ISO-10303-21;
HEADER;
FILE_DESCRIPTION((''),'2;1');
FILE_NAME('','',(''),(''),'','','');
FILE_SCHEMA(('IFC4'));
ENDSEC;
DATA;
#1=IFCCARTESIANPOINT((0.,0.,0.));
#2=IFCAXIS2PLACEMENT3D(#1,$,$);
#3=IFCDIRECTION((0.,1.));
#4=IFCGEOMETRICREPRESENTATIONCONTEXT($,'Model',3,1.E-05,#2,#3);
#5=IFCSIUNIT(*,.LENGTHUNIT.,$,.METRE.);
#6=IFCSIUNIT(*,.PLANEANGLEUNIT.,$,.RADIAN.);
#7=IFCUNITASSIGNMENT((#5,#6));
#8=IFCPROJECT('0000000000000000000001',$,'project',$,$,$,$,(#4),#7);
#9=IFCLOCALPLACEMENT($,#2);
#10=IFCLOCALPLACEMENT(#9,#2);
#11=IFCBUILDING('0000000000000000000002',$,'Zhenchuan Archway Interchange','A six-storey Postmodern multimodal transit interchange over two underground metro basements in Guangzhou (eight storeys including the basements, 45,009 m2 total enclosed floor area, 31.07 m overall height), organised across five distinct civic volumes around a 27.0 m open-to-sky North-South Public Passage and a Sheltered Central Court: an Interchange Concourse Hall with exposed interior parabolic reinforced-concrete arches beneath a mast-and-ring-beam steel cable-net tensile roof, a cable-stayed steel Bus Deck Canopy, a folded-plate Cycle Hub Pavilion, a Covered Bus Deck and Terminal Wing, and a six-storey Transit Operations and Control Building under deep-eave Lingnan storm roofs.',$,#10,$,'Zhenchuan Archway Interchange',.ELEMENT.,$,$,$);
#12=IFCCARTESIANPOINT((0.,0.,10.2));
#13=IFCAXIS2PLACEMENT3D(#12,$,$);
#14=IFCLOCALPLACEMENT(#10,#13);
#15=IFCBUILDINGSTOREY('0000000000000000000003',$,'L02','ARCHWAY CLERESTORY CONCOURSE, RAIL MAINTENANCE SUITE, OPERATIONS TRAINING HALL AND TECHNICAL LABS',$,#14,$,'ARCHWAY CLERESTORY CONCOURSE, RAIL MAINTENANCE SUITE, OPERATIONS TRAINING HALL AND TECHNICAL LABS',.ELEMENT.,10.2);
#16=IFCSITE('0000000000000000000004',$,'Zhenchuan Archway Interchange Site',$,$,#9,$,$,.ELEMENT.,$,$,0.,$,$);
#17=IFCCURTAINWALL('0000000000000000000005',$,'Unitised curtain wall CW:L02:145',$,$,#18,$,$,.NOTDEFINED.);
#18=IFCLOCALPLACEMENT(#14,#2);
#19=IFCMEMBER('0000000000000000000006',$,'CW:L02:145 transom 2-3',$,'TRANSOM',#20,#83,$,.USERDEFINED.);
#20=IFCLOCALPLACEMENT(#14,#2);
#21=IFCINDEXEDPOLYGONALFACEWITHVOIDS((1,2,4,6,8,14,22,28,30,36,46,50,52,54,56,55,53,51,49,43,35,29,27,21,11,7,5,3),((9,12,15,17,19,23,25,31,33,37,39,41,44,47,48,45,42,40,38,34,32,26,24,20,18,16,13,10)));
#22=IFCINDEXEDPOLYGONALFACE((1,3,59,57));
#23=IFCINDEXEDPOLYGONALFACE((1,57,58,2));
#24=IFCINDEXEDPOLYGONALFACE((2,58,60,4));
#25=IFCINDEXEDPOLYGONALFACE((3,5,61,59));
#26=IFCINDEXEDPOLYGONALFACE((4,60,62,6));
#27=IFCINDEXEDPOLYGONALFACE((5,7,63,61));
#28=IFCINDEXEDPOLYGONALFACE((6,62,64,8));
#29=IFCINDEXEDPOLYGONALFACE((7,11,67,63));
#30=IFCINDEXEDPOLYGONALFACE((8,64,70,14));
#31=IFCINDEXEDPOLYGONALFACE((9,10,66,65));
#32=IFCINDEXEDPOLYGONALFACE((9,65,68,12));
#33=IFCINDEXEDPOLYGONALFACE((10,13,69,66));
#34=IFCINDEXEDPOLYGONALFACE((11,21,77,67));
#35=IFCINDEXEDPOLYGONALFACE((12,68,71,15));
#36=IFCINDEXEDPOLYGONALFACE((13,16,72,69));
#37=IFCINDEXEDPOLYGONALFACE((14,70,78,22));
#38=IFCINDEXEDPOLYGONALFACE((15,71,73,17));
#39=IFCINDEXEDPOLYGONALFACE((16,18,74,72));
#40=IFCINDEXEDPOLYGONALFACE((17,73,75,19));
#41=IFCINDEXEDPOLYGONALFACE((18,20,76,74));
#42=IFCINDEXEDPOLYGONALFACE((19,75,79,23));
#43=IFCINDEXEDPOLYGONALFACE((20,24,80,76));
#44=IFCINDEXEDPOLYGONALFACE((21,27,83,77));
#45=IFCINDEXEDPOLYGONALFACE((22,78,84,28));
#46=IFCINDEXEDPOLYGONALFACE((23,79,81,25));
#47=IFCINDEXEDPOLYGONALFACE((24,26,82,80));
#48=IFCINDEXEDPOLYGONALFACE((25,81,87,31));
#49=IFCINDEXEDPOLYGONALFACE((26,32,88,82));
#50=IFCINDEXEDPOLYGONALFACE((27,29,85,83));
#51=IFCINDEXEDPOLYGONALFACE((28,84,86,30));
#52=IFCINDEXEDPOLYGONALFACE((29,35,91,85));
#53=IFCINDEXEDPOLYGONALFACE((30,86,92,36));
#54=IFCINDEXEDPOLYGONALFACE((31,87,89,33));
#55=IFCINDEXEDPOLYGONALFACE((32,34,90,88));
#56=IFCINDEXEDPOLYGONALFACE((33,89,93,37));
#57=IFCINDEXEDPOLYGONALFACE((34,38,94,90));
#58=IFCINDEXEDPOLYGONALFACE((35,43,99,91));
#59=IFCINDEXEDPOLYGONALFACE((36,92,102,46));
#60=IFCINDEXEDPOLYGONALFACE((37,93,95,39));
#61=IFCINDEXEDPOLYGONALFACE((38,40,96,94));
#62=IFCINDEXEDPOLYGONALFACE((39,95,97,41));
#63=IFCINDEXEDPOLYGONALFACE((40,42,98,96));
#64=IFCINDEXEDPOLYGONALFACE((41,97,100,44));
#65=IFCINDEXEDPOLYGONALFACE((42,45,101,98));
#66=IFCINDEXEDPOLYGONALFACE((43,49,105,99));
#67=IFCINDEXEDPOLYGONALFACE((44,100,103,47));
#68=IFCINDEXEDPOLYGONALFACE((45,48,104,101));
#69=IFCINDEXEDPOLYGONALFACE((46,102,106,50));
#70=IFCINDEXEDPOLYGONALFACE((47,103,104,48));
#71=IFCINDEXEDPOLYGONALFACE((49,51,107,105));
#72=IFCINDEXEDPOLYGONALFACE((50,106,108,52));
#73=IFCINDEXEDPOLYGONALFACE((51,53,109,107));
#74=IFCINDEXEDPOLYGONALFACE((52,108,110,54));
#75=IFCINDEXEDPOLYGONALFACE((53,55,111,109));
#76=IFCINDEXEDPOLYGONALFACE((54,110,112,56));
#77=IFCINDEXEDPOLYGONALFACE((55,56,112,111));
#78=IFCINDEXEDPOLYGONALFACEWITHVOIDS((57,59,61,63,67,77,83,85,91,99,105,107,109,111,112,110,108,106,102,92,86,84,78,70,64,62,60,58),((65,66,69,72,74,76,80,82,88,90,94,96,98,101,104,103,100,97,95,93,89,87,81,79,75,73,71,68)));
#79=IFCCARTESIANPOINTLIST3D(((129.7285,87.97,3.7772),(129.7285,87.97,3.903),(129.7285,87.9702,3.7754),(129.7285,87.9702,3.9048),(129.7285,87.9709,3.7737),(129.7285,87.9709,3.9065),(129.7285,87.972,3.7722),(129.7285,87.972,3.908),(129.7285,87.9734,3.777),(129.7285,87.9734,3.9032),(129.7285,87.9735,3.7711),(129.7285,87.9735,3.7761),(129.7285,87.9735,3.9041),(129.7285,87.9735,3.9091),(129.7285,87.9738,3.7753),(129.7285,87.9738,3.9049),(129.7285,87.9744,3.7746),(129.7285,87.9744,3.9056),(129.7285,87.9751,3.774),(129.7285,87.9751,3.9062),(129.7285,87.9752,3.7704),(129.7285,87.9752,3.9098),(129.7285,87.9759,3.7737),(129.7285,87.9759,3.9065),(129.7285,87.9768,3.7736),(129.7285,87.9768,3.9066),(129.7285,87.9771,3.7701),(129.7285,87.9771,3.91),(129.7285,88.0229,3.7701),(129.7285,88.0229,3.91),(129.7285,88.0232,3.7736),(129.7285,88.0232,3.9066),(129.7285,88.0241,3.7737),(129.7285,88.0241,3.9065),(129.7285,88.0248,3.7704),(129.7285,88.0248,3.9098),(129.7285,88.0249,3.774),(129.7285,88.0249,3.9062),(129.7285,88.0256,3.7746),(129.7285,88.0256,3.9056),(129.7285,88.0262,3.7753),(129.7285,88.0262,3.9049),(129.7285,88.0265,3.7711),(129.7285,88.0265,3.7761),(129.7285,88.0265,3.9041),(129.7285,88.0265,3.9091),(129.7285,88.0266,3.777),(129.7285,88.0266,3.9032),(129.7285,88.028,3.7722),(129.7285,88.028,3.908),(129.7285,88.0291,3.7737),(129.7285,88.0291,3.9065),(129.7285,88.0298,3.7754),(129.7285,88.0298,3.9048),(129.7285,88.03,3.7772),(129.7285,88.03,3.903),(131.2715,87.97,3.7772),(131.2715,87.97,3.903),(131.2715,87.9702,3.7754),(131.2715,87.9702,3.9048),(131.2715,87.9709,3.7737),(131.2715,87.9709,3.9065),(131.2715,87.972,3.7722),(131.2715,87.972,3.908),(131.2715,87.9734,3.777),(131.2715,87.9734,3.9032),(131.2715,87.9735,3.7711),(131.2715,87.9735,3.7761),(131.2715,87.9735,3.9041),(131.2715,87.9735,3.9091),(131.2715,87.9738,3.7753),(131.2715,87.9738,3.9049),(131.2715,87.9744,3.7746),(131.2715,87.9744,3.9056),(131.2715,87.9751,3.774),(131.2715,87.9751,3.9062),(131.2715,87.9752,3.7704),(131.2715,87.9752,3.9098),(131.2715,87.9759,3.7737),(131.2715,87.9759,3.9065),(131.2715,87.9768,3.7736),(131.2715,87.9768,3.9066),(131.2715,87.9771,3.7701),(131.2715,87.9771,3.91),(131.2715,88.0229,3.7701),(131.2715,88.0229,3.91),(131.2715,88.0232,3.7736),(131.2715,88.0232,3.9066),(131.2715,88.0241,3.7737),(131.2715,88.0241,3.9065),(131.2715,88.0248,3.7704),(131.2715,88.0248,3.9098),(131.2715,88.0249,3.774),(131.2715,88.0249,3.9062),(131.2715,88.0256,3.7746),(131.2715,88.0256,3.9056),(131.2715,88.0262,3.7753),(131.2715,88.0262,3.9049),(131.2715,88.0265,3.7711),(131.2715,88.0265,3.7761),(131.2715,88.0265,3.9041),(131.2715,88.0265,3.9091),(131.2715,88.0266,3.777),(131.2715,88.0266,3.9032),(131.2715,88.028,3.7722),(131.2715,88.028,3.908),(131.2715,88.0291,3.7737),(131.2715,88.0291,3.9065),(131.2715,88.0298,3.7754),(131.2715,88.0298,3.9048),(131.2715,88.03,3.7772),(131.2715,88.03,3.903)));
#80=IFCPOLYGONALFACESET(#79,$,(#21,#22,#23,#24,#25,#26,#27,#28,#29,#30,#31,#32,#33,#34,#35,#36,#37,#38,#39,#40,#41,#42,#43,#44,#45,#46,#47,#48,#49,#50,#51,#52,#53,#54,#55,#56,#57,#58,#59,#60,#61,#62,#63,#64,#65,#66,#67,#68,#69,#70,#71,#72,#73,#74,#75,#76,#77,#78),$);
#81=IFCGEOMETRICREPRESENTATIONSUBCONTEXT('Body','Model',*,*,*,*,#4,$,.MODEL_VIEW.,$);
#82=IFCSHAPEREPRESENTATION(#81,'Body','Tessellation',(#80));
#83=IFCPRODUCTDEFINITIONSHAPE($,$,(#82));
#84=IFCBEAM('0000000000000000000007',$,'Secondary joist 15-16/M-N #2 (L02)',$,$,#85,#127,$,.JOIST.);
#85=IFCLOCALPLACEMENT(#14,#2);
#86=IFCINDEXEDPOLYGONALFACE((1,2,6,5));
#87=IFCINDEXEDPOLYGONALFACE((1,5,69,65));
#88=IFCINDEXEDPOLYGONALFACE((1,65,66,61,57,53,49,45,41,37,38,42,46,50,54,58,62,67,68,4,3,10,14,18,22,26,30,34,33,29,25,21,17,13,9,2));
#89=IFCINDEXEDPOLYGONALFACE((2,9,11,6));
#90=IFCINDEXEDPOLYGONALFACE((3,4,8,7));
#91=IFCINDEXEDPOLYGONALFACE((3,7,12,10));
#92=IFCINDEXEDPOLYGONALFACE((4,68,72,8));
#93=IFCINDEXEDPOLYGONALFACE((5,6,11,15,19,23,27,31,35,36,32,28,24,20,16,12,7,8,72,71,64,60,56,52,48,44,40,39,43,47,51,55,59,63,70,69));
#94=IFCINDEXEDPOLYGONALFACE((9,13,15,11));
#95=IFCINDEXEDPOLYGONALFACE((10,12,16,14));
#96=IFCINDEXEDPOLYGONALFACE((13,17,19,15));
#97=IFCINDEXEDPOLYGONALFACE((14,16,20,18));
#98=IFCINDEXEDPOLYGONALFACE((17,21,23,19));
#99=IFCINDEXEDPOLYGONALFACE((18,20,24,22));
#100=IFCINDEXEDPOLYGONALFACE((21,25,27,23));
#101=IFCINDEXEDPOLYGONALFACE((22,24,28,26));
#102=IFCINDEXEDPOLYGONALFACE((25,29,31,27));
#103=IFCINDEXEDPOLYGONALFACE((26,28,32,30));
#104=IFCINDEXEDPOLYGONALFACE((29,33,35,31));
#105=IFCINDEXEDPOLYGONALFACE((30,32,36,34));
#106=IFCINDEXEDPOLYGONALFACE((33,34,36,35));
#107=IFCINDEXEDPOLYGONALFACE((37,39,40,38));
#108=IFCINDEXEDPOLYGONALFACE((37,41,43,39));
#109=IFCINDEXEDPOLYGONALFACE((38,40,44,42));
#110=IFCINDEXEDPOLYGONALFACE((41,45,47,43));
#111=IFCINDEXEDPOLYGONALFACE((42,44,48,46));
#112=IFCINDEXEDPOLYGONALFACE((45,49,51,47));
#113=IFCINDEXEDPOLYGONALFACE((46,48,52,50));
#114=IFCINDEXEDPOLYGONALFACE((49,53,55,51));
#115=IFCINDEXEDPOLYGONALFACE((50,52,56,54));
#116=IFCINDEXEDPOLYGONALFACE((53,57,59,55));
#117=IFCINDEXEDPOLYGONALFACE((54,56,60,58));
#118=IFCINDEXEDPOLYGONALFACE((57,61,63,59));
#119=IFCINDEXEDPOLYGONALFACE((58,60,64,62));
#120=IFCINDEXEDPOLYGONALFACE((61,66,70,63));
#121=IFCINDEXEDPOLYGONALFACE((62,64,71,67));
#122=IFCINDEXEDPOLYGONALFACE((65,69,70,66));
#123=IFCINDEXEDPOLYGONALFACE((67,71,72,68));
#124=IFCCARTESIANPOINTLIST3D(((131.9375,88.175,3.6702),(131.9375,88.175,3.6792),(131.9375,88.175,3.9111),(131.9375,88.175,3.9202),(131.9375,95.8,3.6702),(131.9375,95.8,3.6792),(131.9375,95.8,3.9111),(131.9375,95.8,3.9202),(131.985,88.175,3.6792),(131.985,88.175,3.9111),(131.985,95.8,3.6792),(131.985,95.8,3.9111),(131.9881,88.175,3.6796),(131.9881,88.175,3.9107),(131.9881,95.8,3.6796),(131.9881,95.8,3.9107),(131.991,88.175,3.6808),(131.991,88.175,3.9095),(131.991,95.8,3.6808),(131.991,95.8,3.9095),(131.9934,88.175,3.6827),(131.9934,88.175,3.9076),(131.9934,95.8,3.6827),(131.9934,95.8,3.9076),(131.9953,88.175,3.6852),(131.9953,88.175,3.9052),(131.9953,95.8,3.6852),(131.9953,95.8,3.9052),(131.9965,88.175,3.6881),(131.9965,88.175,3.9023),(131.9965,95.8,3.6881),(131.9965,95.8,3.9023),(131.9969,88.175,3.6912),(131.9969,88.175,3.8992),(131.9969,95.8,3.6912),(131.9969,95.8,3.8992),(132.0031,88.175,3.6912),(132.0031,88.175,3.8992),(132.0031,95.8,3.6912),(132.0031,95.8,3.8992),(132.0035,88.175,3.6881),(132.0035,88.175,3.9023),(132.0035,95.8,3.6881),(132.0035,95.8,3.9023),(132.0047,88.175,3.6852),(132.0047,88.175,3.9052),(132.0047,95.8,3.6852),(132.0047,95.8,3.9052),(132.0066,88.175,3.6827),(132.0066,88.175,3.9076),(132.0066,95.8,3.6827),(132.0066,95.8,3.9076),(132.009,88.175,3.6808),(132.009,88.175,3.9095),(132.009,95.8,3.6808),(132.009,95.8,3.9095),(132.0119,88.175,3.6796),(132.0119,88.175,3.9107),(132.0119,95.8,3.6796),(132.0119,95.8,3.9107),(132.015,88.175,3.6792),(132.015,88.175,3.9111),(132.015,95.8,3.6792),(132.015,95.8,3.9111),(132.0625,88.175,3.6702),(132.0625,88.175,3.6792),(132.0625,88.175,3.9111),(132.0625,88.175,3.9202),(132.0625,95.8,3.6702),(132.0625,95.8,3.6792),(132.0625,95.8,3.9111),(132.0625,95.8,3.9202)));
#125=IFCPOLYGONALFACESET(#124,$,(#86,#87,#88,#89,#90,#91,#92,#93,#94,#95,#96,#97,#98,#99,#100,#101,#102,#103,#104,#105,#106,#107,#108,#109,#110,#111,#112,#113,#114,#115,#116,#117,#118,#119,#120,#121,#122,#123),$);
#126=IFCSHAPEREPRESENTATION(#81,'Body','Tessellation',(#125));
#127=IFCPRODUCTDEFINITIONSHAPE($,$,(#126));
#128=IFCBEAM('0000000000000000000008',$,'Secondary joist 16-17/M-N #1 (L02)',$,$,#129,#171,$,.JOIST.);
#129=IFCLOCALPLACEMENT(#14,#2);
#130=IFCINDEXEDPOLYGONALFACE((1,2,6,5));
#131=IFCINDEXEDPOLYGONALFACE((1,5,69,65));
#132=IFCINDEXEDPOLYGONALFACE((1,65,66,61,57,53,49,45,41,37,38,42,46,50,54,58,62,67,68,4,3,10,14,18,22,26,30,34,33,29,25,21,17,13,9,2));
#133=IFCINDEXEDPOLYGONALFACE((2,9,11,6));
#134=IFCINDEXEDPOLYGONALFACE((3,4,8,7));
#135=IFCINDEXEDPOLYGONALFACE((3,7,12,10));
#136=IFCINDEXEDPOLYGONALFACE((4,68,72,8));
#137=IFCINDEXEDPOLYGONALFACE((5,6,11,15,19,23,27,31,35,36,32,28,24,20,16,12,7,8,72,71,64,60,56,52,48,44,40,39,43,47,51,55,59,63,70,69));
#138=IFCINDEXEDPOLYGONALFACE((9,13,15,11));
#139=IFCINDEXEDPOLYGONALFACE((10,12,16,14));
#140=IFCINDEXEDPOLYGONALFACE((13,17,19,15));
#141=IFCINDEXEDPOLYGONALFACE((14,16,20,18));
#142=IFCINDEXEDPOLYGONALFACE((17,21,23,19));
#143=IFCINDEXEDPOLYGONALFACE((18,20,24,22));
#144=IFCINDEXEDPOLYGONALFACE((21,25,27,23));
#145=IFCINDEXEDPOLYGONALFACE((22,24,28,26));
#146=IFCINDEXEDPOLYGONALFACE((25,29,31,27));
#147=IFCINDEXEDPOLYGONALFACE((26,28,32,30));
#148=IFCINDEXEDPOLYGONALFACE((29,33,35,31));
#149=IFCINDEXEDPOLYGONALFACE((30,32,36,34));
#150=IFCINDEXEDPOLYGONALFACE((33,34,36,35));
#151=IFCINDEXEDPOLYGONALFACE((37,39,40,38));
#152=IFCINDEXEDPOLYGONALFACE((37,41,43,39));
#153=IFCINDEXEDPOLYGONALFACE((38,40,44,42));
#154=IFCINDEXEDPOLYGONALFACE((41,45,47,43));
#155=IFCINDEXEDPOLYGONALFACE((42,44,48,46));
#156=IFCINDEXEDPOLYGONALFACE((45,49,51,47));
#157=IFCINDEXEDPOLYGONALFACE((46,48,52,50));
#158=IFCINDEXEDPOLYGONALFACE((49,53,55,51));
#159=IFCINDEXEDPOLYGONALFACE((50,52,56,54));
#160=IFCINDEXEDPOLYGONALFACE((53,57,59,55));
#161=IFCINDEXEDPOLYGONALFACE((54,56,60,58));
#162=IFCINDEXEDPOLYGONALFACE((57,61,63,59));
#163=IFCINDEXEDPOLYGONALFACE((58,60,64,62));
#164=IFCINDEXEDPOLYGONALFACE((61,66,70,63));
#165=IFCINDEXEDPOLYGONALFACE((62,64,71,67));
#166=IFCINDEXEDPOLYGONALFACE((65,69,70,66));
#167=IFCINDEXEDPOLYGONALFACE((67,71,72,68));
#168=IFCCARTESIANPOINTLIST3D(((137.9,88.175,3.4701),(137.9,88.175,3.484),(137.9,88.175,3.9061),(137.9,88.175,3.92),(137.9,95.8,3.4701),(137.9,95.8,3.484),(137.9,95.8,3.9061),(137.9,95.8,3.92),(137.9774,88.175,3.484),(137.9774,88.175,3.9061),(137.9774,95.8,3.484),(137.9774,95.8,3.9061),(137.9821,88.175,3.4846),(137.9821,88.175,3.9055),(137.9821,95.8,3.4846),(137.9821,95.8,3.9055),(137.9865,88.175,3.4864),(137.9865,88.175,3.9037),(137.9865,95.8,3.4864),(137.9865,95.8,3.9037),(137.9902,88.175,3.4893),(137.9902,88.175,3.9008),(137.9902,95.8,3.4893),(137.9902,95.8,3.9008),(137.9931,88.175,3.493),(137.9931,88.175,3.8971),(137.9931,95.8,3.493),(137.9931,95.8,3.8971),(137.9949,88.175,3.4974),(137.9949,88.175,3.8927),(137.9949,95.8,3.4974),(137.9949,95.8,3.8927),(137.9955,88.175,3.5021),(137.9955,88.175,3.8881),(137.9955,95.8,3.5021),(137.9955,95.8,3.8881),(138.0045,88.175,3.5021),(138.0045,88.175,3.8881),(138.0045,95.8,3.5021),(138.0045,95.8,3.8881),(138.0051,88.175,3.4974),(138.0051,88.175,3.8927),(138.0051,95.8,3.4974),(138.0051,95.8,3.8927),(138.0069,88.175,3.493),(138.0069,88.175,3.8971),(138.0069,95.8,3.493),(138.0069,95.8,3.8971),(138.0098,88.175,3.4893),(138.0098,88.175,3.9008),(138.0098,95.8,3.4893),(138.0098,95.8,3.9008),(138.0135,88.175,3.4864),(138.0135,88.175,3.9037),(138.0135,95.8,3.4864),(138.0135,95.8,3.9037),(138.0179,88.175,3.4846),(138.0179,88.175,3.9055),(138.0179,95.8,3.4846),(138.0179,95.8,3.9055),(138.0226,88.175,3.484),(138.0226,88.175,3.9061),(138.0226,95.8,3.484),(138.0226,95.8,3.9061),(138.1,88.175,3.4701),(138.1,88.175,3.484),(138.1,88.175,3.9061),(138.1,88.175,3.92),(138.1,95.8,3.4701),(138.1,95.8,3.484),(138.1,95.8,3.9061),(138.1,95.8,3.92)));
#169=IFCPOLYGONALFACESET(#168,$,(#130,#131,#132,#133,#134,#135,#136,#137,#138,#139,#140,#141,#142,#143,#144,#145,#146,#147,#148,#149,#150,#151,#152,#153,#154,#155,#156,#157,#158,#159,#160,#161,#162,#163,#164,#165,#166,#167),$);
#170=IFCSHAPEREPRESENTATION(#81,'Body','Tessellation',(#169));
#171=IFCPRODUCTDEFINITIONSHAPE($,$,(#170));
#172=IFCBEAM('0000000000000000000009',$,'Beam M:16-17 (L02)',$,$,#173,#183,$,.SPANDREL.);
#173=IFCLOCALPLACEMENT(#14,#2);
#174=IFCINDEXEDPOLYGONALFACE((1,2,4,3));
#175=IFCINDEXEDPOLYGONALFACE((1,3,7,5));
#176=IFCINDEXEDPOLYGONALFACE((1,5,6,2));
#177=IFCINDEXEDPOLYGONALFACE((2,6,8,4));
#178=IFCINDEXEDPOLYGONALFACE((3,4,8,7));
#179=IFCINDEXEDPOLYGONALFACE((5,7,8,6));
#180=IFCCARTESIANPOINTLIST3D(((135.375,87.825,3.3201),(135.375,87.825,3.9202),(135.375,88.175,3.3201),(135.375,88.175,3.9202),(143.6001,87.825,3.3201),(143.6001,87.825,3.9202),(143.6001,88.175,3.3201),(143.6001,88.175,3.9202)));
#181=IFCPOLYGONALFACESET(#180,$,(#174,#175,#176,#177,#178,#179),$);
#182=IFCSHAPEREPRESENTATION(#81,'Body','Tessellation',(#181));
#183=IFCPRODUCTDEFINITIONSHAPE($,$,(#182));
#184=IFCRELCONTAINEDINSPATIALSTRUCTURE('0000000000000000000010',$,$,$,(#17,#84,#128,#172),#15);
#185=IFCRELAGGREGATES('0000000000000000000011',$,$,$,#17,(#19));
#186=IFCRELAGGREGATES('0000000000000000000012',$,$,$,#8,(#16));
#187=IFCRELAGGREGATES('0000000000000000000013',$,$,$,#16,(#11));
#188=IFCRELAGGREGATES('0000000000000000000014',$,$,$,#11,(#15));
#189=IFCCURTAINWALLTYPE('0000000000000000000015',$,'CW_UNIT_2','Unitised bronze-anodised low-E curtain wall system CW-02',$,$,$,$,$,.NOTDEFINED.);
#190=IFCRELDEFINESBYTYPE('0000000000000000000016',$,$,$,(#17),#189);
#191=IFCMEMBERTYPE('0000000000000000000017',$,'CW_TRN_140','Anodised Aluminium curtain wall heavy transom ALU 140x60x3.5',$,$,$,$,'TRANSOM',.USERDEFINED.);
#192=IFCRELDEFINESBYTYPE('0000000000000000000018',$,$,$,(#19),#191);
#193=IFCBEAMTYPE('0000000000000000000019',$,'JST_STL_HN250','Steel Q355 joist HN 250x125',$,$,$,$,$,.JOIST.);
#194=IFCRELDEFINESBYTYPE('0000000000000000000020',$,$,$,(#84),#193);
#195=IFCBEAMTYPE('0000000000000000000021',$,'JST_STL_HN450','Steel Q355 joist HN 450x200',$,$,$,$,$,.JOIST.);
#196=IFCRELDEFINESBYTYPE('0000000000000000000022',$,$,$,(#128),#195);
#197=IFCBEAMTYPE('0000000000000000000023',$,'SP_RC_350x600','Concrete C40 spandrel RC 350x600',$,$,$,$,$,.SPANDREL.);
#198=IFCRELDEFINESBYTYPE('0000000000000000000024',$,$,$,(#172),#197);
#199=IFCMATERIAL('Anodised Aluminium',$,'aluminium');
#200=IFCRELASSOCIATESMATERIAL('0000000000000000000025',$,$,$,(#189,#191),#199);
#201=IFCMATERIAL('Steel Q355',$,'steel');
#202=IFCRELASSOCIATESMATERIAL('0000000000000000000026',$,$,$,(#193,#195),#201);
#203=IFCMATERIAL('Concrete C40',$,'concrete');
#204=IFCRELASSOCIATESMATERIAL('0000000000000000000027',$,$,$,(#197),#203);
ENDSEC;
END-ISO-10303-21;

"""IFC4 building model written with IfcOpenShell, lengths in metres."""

from ifc_helpers import new_model, si_unit, direction, frame, origin, origin_2d, place, context, subcontext, project, spatial, rectangle, hollow_rectangle, i_section, extrude, material, material_profile, profile_set, type_object, element, aggregate, save


model = new_model("IFC4")

# Units and contexts
model_context = context("Model", 3, precision=1e-05, world=origin(), true_north=direction((0.0, 1.0)))
body_context = subcontext(model_context, "Body", "Model", "MODEL_VIEW")
ifc_project = project(units=[si_unit("LENGTHUNIT", "METRE"), si_unit("PLANEANGLEUNIT", "RADIAN")], contexts=[model_context])

# Site, building, storey
site_placement = place(None, origin())
site = spatial("IfcSite", under=ifc_project, at=site_placement, Name="Zhenchuan Archway Interchange Site", CompositionType="ELEMENT", RefElevation=0.0)
building_placement = place(site_placement, origin())
building = spatial("IfcBuilding", under=site, at=building_placement, Name="Zhenchuan Archway Interchange", Description="A six-storey Postmodern multimodal transit interchange over two underground metro basements in Guangzhou (eight storeys including the basements, 45,009 m2 total enclosed floor area, 31.07 m overall height), organised across five distinct civic volumes around a 27.0 m open-to-sky North-South Public Passage and a Sheltered Central Court: an Interchange Concourse Hall with exposed interior parabolic reinforced-concrete arches beneath a mast-and-ring-beam steel cable-net tensile roof, a cable-stayed steel Bus Deck Canopy, a folded-plate Cycle Hub Pavilion, a Covered Bus Deck and Terminal Wing, and a six-storey Transit Operations and Control Building under deep-eave Lingnan storm roofs.", LongName="Zhenchuan Archway Interchange", CompositionType="ELEMENT")
storey_placement = place(building_placement, frame((0.0, 0.0, 10.2)))
storey = spatial("IfcBuildingStorey", under=building, at=storey_placement, Name="L02", Description="ARCHWAY CLERESTORY CONCOURSE, RAIL MAINTENANCE SUITE, OPERATIONS TRAINING HALL AND TECHNICAL LABS", LongName="ARCHWAY CLERESTORY CONCOURSE, RAIL MAINTENANCE SUITE, OPERATIONS TRAINING HALL AND TECHNICAL LABS", CompositionType="ELEMENT", Elevation=10.2)

# Shared definitions
ifc_material_1 = material(Name="Concrete C40", Category="concrete")

# Curtain wall, member
ifc_material_2 = material(Name="Anodised Aluminium", Category="aluminium")
curtain_wall_type = type_object("IfcCurtainWallType", Name="CW_UNIT_2", Description="Unitised bronze-anodised low-E curtain wall system CW-02", PredefinedType="NOTDEFINED", material=ifc_material_2)
curtain_wall_placement = place(storey_placement, origin())
curtain_wall = element("IfcCurtainWall", 1, at=curtain_wall_placement, inside=storey, type_object=curtain_wall_type, Name="Unitised curtain wall CW:L02:145", PredefinedType="NOTDEFINED")
ifc_material_profile_1 = material_profile(ifc_material_2, hollow_rectangle(XDim=0.0601, YDim=0.1399, WallThickness=0.0034, InnerFilletRadius=0.0034, OuterFilletRadius=0.0071, at=origin_2d()), Name="ALU 140x60x3.5")
ifc_profile_set_1 = profile_set([ifc_material_profile_1], Name="Anodised Aluminium")
member_type_1 = type_object("IfcMemberType", Name="CW_TRN_140", Description="Anodised Aluminium curtain wall heavy transom ALU 140x60x3.5", ElementType="TRANSOM", PredefinedType="USERDEFINED", material=ifc_profile_set_1)
member_1_placement = place(storey_placement, frame((131.2715, 88.0, 3.8401), z_axis=(-1.0, 0.0, 0.0), x_axis=(0.0, -1.0, 0.0)))
member_1 = element("IfcMember", 2, at=member_1_placement, type_object=member_type_1, Name="CW:L02:145 transom 2-3", ObjectType="TRANSOM", PredefinedType="USERDEFINED", context=body_context, shape_type="SweptSolid", body=[
    extrude(hollow_rectangle(XDim=0.0601, YDim=0.1399, WallThickness=0.0034, InnerFilletRadius=0.0034, OuterFilletRadius=0.0071, at=origin_2d()), origin(), (0.0, 0.0, 1.0), 1.543),
])

# Beams
ifc_material_3 = material(Name="Steel Q355", Category="steel")
ifc_material_profile_2 = material_profile(ifc_material_3, i_section(OverallWidth=0.125, OverallDepth=0.25, WebThickness=0.0061, FlangeThickness=0.009, FilletRadius=0.012, at=origin_2d()), Name="HN 250x125")
ifc_profile_set_2 = profile_set([ifc_material_profile_2], Name="Steel Q355")
beam_type_1 = type_object("IfcBeamType", Name="JST_STL_HN250", Description="Steel Q355 joist HN 250x125", PredefinedType="JOIST", material=ifc_profile_set_2)
beam_1_placement = place(storey_placement, frame((132.0, 88.175, 3.7952), z_axis=(0.0, 1.0, 0.0), x_axis=(-1.0, 0.0, 0.0)))
element("IfcBeam", 3, at=beam_1_placement, inside=storey, type_object=beam_type_1, Name="Secondary joist 15-16/M-N #2 (L02)", PredefinedType="JOIST", context=body_context, shape_type="SweptSolid", body=[
    extrude(i_section(OverallWidth=0.125, OverallDepth=0.25, WebThickness=0.0061, FlangeThickness=0.009, FilletRadius=0.012, at=origin_2d()), origin(), (0.0, 0.0, 1.0), 7.625),
])
ifc_material_profile_3 = material_profile(ifc_material_3, i_section(OverallWidth=0.2, OverallDepth=0.45, WebThickness=0.009, FlangeThickness=0.0139, FilletRadius=0.0181, at=origin_2d()), Name="HN 450x200")
ifc_profile_set_3 = profile_set([ifc_material_profile_3], Name="Steel Q355")
beam_type_2 = type_object("IfcBeamType", Name="JST_STL_HN450", Description="Steel Q355 joist HN 450x200", PredefinedType="JOIST", material=ifc_profile_set_3)
beam_2_placement = place(storey_placement, frame((138.0, 88.175, 3.6951), z_axis=(0.0, 1.0, 0.0), x_axis=(-1.0, 0.0, 0.0)))
element("IfcBeam", 4, at=beam_2_placement, inside=storey, type_object=beam_type_2, Name="Secondary joist 16-17/M-N #1 (L02)", PredefinedType="JOIST", context=body_context, shape_type="SweptSolid", body=[
    extrude(i_section(OverallWidth=0.2, OverallDepth=0.45, WebThickness=0.009, FlangeThickness=0.0139, FilletRadius=0.0181, at=origin_2d()), origin(), (0.0, 0.0, 1.0), 7.625),
])
ifc_material_profile_4 = material_profile(ifc_material_1, rectangle(XDim=0.3501, YDim=0.6001, at=origin_2d()), Name="RC 350x600")
ifc_profile_set_4 = profile_set([ifc_material_profile_4], Name="Concrete C40")
beam_type_3 = type_object("IfcBeamType", Name="SP_RC_350x600", Description="Concrete C40 spandrel RC 350x600", PredefinedType="SPANDREL", material=ifc_profile_set_4)
beam_3_placement = place(storey_placement, frame((135.375, 88.0, 3.6201), z_axis=(1.0, 0.0, 0.0), x_axis=(0.0, 1.0, 0.0)))
element("IfcBeam", 5, at=beam_3_placement, inside=storey, type_object=beam_type_3, Name="Beam M:16-17 (L02)", PredefinedType="SPANDREL", context=body_context, shape_type="SweptSolid", body=[
    extrude(rectangle(XDim=0.3501, YDim=0.6001, at=origin_2d()), origin(), (0.0, 0.0, 1.0), 8.2251),
])

aggregate(curtain_wall, [member_1])

save(model, "model.ifc")
